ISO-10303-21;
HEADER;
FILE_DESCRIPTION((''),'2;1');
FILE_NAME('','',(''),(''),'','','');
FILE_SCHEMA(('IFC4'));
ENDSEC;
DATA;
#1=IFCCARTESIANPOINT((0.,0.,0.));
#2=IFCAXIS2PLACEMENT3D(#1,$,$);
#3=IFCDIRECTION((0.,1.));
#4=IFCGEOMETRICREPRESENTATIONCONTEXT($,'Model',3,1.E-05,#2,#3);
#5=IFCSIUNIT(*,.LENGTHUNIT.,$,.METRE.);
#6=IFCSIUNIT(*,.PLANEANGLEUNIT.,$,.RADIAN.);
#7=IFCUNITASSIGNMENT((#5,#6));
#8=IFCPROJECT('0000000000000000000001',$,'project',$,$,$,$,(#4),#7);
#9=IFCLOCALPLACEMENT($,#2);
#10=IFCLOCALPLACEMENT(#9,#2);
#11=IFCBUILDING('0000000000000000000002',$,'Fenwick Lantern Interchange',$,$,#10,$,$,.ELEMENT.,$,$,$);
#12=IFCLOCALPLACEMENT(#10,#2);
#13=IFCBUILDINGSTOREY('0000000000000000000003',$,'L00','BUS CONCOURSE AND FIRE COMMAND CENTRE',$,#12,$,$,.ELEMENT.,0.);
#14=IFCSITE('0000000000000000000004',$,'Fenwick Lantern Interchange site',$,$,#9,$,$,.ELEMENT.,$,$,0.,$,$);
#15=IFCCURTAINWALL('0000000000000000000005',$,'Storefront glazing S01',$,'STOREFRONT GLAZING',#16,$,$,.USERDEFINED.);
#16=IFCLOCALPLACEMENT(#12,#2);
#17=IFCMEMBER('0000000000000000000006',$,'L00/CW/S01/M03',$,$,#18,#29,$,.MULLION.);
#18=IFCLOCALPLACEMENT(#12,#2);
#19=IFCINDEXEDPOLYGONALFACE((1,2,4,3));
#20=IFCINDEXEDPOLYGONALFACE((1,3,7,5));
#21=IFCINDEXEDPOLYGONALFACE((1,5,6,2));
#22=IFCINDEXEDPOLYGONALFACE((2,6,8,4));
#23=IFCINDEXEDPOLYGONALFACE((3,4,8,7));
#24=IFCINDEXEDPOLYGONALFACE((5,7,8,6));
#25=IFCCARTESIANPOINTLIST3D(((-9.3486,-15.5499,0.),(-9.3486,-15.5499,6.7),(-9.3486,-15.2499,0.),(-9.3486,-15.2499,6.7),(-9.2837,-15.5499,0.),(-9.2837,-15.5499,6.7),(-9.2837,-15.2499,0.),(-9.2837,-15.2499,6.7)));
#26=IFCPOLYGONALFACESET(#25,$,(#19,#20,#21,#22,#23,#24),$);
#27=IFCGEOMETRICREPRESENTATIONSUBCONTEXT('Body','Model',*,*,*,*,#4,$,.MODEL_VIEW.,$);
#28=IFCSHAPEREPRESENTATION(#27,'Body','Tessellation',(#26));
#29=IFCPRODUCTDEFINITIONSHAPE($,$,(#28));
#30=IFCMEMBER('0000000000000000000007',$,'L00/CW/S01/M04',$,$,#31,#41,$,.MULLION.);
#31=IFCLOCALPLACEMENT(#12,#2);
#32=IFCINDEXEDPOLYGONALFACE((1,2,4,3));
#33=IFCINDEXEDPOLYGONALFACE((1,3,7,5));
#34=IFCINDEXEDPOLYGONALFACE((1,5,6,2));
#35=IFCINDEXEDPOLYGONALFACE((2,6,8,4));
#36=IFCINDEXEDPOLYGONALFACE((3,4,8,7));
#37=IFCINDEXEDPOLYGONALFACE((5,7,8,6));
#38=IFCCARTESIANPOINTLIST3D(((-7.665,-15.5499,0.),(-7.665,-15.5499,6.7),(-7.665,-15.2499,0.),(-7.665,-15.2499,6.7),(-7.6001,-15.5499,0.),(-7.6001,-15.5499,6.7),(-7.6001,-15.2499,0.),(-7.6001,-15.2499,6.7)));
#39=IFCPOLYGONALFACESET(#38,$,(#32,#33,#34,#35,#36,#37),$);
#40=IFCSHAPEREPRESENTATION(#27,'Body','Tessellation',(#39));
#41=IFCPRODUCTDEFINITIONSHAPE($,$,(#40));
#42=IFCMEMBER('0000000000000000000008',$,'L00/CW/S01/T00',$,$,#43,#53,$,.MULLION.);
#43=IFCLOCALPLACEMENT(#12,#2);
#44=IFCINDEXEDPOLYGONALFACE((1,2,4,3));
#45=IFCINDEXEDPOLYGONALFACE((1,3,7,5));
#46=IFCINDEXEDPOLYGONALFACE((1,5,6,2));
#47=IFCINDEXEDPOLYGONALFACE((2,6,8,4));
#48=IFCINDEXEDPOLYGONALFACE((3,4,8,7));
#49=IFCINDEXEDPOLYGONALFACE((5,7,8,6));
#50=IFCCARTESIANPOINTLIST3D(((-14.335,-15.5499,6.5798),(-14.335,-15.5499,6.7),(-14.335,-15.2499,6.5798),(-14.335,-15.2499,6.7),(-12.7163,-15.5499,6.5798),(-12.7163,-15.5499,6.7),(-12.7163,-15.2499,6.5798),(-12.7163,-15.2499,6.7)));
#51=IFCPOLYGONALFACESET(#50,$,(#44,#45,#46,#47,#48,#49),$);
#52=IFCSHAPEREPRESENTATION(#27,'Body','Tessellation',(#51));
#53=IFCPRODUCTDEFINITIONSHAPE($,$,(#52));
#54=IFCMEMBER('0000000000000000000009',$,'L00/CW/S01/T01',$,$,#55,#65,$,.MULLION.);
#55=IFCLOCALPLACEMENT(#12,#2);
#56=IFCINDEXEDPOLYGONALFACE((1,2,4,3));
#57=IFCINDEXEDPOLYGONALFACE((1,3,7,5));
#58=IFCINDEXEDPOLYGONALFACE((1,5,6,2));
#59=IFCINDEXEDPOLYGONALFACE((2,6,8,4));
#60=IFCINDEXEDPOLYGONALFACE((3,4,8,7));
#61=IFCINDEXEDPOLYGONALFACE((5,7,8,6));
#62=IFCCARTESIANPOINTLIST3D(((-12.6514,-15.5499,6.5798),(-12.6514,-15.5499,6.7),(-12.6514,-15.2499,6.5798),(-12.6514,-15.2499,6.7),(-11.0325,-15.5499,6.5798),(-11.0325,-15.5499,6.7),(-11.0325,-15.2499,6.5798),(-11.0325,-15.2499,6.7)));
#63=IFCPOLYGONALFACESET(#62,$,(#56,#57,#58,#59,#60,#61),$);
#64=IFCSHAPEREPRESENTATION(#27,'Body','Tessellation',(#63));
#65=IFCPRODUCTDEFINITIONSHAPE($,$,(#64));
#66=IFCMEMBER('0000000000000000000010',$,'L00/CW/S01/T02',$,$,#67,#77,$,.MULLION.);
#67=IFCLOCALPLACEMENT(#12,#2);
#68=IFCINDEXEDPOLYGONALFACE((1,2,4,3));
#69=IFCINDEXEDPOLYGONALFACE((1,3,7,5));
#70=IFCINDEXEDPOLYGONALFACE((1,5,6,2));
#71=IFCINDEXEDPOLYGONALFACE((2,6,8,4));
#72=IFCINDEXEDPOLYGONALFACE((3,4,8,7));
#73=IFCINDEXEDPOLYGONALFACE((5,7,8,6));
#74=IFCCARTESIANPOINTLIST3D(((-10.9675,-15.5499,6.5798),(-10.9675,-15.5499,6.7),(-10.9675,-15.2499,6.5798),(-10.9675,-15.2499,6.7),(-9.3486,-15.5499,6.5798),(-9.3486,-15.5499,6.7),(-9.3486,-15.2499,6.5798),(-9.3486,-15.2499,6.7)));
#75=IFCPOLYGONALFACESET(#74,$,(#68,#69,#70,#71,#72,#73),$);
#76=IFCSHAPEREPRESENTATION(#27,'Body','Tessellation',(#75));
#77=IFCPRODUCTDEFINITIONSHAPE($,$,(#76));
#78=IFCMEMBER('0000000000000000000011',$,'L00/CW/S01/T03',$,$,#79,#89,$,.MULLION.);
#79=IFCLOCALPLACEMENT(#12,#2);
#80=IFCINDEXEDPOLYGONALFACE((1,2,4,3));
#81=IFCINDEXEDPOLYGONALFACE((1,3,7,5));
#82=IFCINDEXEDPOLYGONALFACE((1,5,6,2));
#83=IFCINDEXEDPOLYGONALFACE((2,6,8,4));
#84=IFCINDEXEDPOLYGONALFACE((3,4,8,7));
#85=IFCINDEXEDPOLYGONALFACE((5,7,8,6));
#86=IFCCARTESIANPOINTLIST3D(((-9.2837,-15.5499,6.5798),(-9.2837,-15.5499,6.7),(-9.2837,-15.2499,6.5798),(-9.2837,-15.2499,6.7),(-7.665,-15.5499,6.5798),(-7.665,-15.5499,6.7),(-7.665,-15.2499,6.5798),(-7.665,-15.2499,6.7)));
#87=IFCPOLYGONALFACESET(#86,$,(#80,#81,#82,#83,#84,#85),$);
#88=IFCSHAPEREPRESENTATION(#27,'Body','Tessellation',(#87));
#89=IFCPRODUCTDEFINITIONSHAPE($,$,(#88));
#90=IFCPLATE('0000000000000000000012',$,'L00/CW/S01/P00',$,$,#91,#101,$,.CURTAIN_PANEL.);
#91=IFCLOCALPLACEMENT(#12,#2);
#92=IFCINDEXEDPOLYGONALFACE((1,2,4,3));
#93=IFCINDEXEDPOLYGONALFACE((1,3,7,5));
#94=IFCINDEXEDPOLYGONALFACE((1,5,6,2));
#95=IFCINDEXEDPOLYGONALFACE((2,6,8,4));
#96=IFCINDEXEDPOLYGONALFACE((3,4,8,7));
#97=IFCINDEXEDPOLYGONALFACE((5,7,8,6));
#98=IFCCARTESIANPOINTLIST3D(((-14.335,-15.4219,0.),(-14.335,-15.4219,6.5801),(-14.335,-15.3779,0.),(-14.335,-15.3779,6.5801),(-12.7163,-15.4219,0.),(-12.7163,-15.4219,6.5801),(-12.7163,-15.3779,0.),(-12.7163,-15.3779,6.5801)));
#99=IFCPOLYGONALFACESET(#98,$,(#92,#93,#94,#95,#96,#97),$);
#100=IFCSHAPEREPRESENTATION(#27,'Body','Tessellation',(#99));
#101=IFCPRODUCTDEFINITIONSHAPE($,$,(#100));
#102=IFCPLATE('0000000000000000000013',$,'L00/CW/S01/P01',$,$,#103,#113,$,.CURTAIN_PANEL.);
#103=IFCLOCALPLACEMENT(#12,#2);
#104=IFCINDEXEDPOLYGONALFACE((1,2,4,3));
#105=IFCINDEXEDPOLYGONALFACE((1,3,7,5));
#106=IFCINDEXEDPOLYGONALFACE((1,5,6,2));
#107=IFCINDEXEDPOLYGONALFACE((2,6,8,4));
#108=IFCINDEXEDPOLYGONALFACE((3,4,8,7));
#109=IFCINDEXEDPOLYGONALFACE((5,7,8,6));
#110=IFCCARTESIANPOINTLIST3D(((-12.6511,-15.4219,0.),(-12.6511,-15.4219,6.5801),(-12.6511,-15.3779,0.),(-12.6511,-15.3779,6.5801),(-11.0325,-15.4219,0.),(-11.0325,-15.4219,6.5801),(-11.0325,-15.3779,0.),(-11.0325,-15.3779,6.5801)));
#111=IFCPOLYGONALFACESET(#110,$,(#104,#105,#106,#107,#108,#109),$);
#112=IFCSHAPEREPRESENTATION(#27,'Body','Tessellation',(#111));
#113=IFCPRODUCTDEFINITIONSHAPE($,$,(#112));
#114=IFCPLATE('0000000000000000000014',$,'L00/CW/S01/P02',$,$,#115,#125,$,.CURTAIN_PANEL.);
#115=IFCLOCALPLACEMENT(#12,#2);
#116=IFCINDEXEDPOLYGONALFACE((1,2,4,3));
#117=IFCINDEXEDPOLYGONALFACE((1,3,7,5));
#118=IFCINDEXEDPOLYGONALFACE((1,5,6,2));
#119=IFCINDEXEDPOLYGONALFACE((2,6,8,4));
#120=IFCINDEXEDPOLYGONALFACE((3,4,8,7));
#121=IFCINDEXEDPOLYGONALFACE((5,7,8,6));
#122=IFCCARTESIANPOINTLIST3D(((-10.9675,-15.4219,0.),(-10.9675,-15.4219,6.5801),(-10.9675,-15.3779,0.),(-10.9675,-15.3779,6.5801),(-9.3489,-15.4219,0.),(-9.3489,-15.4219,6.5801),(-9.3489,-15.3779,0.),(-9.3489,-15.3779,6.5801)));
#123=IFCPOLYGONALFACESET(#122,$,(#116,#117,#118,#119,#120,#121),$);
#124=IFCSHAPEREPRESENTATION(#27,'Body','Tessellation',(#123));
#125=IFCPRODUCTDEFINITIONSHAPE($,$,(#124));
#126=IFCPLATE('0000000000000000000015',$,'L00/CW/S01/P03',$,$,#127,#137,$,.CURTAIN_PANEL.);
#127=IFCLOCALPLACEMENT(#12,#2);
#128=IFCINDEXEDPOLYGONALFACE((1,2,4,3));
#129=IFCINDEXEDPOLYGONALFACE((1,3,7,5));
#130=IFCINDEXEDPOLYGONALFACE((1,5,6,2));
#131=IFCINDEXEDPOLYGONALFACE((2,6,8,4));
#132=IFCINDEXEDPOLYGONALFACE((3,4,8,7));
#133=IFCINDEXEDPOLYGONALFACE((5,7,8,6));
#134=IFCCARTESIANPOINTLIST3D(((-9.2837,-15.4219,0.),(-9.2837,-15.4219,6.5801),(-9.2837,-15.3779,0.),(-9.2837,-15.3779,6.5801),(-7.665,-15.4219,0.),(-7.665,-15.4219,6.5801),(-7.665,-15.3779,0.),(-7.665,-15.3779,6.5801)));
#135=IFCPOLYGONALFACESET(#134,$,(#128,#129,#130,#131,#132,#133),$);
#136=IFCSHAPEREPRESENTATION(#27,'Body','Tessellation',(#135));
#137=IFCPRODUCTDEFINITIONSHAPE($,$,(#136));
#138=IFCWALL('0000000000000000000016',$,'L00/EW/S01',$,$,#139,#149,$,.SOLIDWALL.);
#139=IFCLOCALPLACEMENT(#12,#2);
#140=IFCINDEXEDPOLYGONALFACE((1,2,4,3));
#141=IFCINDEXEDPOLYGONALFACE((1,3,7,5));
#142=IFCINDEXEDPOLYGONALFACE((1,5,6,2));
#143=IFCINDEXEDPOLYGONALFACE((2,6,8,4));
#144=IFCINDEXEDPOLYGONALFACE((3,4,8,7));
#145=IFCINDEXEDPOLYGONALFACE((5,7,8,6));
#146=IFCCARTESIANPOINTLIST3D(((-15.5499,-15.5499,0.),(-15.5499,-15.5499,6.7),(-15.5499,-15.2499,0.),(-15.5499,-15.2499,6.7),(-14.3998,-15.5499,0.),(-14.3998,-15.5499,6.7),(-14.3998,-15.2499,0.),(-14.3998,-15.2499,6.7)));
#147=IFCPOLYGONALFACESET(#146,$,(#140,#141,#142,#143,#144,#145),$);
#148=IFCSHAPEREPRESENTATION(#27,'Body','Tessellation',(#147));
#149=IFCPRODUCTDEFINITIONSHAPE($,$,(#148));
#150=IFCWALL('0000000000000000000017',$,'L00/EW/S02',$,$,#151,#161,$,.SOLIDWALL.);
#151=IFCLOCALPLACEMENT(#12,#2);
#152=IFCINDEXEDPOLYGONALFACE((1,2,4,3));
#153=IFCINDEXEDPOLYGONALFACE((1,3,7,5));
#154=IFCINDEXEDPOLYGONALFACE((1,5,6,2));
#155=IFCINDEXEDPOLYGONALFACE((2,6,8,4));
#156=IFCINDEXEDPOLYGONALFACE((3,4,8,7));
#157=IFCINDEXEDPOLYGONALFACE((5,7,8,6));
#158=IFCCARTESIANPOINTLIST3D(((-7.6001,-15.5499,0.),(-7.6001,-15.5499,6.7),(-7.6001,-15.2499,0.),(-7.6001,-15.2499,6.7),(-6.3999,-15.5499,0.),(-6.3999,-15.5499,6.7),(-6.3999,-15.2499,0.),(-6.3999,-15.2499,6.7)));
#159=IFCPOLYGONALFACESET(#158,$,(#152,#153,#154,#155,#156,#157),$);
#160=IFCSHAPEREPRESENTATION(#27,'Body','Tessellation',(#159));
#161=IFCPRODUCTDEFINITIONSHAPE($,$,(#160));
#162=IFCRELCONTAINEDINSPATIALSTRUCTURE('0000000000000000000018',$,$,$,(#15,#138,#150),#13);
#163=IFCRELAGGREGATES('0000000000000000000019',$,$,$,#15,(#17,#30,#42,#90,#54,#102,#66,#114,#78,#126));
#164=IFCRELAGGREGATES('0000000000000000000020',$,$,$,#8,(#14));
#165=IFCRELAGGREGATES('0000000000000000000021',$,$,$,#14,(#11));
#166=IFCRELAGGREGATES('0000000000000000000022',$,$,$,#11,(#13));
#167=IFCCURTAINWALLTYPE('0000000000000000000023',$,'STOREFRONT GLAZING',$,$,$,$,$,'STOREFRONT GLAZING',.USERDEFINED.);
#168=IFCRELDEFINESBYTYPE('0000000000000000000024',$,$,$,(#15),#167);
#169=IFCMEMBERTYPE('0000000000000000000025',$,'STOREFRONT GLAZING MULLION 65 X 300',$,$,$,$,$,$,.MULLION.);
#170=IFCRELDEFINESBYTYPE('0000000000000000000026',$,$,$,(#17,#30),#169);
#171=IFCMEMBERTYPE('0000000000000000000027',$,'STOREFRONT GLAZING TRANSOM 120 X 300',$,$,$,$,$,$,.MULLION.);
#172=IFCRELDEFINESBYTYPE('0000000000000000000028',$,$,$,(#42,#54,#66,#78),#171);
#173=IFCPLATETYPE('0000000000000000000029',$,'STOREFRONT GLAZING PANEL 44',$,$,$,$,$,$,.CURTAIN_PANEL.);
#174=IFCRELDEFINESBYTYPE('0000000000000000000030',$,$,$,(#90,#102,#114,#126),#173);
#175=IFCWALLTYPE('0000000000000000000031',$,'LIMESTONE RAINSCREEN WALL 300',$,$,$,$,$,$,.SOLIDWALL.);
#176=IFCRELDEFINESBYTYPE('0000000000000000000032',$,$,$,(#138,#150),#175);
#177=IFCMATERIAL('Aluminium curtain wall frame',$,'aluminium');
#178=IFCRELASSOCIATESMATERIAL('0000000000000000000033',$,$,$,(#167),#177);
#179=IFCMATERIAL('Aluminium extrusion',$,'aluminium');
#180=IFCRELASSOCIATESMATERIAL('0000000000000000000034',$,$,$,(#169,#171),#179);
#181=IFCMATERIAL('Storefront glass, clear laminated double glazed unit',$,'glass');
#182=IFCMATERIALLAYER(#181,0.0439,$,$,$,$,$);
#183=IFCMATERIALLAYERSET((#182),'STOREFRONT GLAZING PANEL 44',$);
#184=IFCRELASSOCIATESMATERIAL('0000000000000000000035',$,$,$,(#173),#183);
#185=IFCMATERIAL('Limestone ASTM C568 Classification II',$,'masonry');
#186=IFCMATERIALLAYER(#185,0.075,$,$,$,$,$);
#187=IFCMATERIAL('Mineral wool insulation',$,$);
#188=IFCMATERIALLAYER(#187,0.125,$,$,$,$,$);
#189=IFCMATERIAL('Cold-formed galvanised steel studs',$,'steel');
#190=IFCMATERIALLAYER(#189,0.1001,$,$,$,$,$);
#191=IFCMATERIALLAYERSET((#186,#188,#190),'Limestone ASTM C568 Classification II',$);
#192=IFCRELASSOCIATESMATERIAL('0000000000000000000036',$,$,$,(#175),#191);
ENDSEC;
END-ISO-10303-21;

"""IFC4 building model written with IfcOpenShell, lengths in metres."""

from ifc_helpers import new_model, si_unit, direction, frame, frame_2d, origin, origin_2d, place, context, subcontext, project, spatial, rectangle, extrude, material, layer, layer_set, material_profile, profile_set, type_object, element, aggregate, save


model = new_model("IFC4")

# Units and contexts
model_context = context("Model", 3, precision=1e-05, world=origin(), true_north=direction((0.0, 1.0)))
body_context = subcontext(model_context, "Body", "Model", "MODEL_VIEW")
ifc_project = project(units=[si_unit("LENGTHUNIT", "METRE"), si_unit("PLANEANGLEUNIT", "RADIAN")], contexts=[model_context])

# Site, building, storey
site_placement = place(None, origin())
site = spatial("IfcSite", under=ifc_project, at=site_placement, Name="Fenwick Lantern Interchange site", CompositionType="ELEMENT", RefElevation=0.0)
building_placement = place(site_placement, origin())
building = spatial("IfcBuilding", under=site, at=building_placement, Name="Fenwick Lantern Interchange", CompositionType="ELEMENT")
storey_placement = place(building_placement, origin())
storey = spatial("IfcBuildingStorey", under=building, at=storey_placement, Name="L00", Description="BUS CONCOURSE AND FIRE COMMAND CENTRE", CompositionType="ELEMENT", Elevation=0.0)

# Curtain wall, members, plates
ifc_material_1 = material(Name="Aluminium curtain wall frame", Category="aluminium")
curtain_wall_type = type_object("IfcCurtainWallType", Name="STOREFRONT GLAZING", ElementType="STOREFRONT GLAZING", PredefinedType="USERDEFINED", material=ifc_material_1)
curtain_wall_placement = place(storey_placement, origin())
curtain_wall = element("IfcCurtainWall", 1, at=curtain_wall_placement, inside=storey, type_object=curtain_wall_type, Name="Storefront glazing S01", ObjectType="STOREFRONT GLAZING", PredefinedType="USERDEFINED")
ifc_material_2 = material(Name="Aluminium extrusion", Category="aluminium")
ifc_material_profile_1 = material_profile(ifc_material_2, rectangle(XDim=0.3, YDim=0.0649, at=origin_2d()), Name="STOREFRONT GLAZING MULLION 65 X 300")
ifc_profile_set_1 = profile_set([ifc_material_profile_1], Name="Aluminium extrusion")
member_type_1 = type_object("IfcMemberType", Name="STOREFRONT GLAZING MULLION 65 X 300", PredefinedType="MULLION", material=ifc_profile_set_1)
member_1_placement = place(storey_placement, frame((-9.3162, -15.3999, 0.0), z_axis=(0.0, 0.0, 1.0), x_axis=(0.0, 1.0, 0.0)))
member_1 = element("IfcMember", 2, at=member_1_placement, type_object=member_type_1, Name="L00/CW/S01/M03", PredefinedType="MULLION", context=body_context, shape_type="SweptSolid", body=[
    extrude(rectangle(XDim=0.3, YDim=0.0649, at=origin_2d()), origin(), (0.0, 0.0, 1.0), 6.7),
])
member_2_placement = place(storey_placement, frame((-7.6326, -15.3999, 0.0), z_axis=(0.0, 0.0, 1.0), x_axis=(0.0, 1.0, 0.0)))
member_2 = element("IfcMember", 3, at=member_2_placement, type_object=member_type_1, Name="L00/CW/S01/M04", PredefinedType="MULLION", context=body_context, shape_type="SweptSolid", body=[
    extrude(rectangle(XDim=0.3, YDim=0.0649, at=origin_2d()), origin(), (0.0, 0.0, 1.0), 6.7),
])
ifc_material_profile_2 = material_profile(ifc_material_2, rectangle(XDim=0.3, YDim=0.1201, at=origin_2d()), Name="STOREFRONT GLAZING TRANSOM 120 X 300")
ifc_profile_set_2 = profile_set([ifc_material_profile_2], Name="Aluminium extrusion")
member_type_2 = type_object("IfcMemberType", Name="STOREFRONT GLAZING TRANSOM 120 X 300", PredefinedType="MULLION", material=ifc_profile_set_2)
member_3_placement = place(storey_placement, frame((-14.335, -15.3999, 6.6399), z_axis=(1.0, 0.0, 0.0), x_axis=(0.0, 1.0, 0.0)))
member_3 = element("IfcMember", 4, at=member_3_placement, type_object=member_type_2, Name="L00/CW/S01/T00", PredefinedType="MULLION", context=body_context, shape_type="SweptSolid", body=[
    extrude(rectangle(XDim=0.3, YDim=0.1201, at=origin_2d()), origin(), (0.0, 0.0, 1.0), 1.6187),
])
member_4_placement = place(storey_placement, frame((-12.6514, -15.3999, 6.6399), z_axis=(1.0, 0.0, 0.0), x_axis=(0.0, 1.0, 0.0)))
member_4 = element("IfcMember", 5, at=member_4_placement, type_object=member_type_2, Name="L00/CW/S01/T01", PredefinedType="MULLION", context=body_context, shape_type="SweptSolid", body=[
    extrude(rectangle(XDim=0.3, YDim=0.1201, at=origin_2d()), origin(), (0.0, 0.0, 1.0), 1.6189),
])
member_5_placement = place(storey_placement, frame((-10.9675, -15.3999, 6.6399), z_axis=(1.0, 0.0, 0.0), x_axis=(0.0, 1.0, 0.0)))
member_5 = element("IfcMember", 6, at=member_5_placement, type_object=member_type_2, Name="L00/CW/S01/T02", PredefinedType="MULLION", context=body_context, shape_type="SweptSolid", body=[
    extrude(rectangle(XDim=0.3, YDim=0.1201, at=origin_2d()), origin(), (0.0, 0.0, 1.0), 1.6189),
])
member_6_placement = place(storey_placement, frame((-9.2837, -15.3999, 6.6399), z_axis=(1.0, 0.0, 0.0), x_axis=(0.0, 1.0, 0.0)))
member_6 = element("IfcMember", 7, at=member_6_placement, type_object=member_type_2, Name="L00/CW/S01/T03", PredefinedType="MULLION", context=body_context, shape_type="SweptSolid", body=[
    extrude(rectangle(XDim=0.3, YDim=0.1201, at=origin_2d()), origin(), (0.0, 0.0, 1.0), 1.6187),
])
ifc_material_3 = material(Name="Storefront glass, clear laminated double glazed unit", Category="glass")
ifc_layer_1 = layer(ifc_material_3, 0.0439)
ifc_layer_set_1 = layer_set([ifc_layer_1], Name="STOREFRONT GLAZING PANEL 44")
plate_type = type_object("IfcPlateType", Name="STOREFRONT GLAZING PANEL 44", PredefinedType="CURTAIN_PANEL", material=ifc_layer_set_1)
plate_1_placement = place(storey_placement, frame((-13.5256, -15.3999, 0.0), z_axis=(0.0, 0.0, 1.0), x_axis=(1.0, 0.0, 0.0)))
plate_1 = element("IfcPlate", 8, at=plate_1_placement, type_object=plate_type, Name="L00/CW/S01/P00", PredefinedType="CURTAIN_PANEL", context=body_context, shape_type="SweptSolid", body=[
    extrude(rectangle(XDim=1.6187, YDim=0.0439, at=origin_2d()), origin(), (0.0, 0.0, 1.0), 6.5801),
])
plate_2_placement = place(storey_placement, frame((-11.8418, -15.3999, 0.0), z_axis=(0.0, 0.0, 1.0), x_axis=(1.0, 0.0, 0.0)))
plate_2 = element("IfcPlate", 9, at=plate_2_placement, type_object=plate_type, Name="L00/CW/S01/P01", PredefinedType="CURTAIN_PANEL", context=body_context, shape_type="SweptSolid", body=[
    extrude(rectangle(XDim=1.6187, YDim=0.0439, at=origin_2d()), origin(), (0.0, 0.0, 1.0), 6.5801),
])
plate_3_placement = place(storey_placement, frame((-10.1582, -15.3999, 0.0), z_axis=(0.0, 0.0, 1.0), x_axis=(1.0, 0.0, 0.0)))
plate_3 = element("IfcPlate", 10, at=plate_3_placement, type_object=plate_type, Name="L00/CW/S01/P02", PredefinedType="CURTAIN_PANEL", context=body_context, shape_type="SweptSolid", body=[
    extrude(rectangle(XDim=1.6187, YDim=0.0439, at=origin_2d()), origin(), (0.0, 0.0, 1.0), 6.5801),
])
plate_4_placement = place(storey_placement, frame((-8.4744, -15.3999, 0.0), z_axis=(0.0, 0.0, 1.0), x_axis=(1.0, 0.0, 0.0)))
plate_4 = element("IfcPlate", 11, at=plate_4_placement, type_object=plate_type, Name="L00/CW/S01/P03", PredefinedType="CURTAIN_PANEL", context=body_context, shape_type="SweptSolid", body=[
    extrude(rectangle(XDim=1.6187, YDim=0.0439, at=origin_2d()), origin(), (0.0, 0.0, 1.0), 6.5801),
])
aggregate(curtain_wall, [member_1, member_2, member_3, plate_1, member_4, plate_2, member_5, plate_3, member_6, plate_4])

# Walls
ifc_material_4 = material(Name="Limestone ASTM C568 Classification II", Category="masonry")
ifc_layer_2 = layer(ifc_material_4, 0.075)
ifc_material_5 = material(Name="Mineral wool insulation")
ifc_layer_3 = layer(ifc_material_5, 0.125)
ifc_material_6 = material(Name="Cold-formed galvanised steel studs", Category="steel")
ifc_layer_4 = layer(ifc_material_6, 0.1001)
ifc_layer_set_2 = layer_set([ifc_layer_2, ifc_layer_3, ifc_layer_4], Name="Limestone ASTM C568 Classification II")
wall_type = type_object("IfcWallType", Name="LIMESTONE RAINSCREEN WALL 300", PredefinedType="SOLIDWALL", material=ifc_layer_set_2)
wall_1_placement = place(storey_placement, frame((-15.55, -15.3999, 0.0), z_axis=(0.0, 0.0, 1.0), x_axis=(1.0, 0.0, 0.0)))
element("IfcWall", 12, at=wall_1_placement, inside=storey, type_object=wall_type, Name="L00/EW/S01", PredefinedType="SOLIDWALL", context=body_context, shape_type="SweptSolid", body=[
    extrude(rectangle(XDim=1.1501, YDim=0.3, at=frame_2d((0.5752, 0.0))), origin(), (0.0, 0.0, 1.0), 6.7),
])
wall_2_placement = place(storey_placement, frame((-7.6001, -15.3999, 0.0), z_axis=(0.0, 0.0, 1.0), x_axis=(1.0, 0.0, 0.0)))
element("IfcWall", 13, at=wall_2_placement, inside=storey, type_object=wall_type, Name="L00/EW/S02", PredefinedType="SOLIDWALL", context=body_context, shape_type="SweptSolid", body=[
    extrude(rectangle(XDim=1.2002, YDim=0.3, at=frame_2d((0.6001, 0.0))), origin(), (0.0, 0.0, 1.0), 6.7),
])

save(model, "model.ifc")
